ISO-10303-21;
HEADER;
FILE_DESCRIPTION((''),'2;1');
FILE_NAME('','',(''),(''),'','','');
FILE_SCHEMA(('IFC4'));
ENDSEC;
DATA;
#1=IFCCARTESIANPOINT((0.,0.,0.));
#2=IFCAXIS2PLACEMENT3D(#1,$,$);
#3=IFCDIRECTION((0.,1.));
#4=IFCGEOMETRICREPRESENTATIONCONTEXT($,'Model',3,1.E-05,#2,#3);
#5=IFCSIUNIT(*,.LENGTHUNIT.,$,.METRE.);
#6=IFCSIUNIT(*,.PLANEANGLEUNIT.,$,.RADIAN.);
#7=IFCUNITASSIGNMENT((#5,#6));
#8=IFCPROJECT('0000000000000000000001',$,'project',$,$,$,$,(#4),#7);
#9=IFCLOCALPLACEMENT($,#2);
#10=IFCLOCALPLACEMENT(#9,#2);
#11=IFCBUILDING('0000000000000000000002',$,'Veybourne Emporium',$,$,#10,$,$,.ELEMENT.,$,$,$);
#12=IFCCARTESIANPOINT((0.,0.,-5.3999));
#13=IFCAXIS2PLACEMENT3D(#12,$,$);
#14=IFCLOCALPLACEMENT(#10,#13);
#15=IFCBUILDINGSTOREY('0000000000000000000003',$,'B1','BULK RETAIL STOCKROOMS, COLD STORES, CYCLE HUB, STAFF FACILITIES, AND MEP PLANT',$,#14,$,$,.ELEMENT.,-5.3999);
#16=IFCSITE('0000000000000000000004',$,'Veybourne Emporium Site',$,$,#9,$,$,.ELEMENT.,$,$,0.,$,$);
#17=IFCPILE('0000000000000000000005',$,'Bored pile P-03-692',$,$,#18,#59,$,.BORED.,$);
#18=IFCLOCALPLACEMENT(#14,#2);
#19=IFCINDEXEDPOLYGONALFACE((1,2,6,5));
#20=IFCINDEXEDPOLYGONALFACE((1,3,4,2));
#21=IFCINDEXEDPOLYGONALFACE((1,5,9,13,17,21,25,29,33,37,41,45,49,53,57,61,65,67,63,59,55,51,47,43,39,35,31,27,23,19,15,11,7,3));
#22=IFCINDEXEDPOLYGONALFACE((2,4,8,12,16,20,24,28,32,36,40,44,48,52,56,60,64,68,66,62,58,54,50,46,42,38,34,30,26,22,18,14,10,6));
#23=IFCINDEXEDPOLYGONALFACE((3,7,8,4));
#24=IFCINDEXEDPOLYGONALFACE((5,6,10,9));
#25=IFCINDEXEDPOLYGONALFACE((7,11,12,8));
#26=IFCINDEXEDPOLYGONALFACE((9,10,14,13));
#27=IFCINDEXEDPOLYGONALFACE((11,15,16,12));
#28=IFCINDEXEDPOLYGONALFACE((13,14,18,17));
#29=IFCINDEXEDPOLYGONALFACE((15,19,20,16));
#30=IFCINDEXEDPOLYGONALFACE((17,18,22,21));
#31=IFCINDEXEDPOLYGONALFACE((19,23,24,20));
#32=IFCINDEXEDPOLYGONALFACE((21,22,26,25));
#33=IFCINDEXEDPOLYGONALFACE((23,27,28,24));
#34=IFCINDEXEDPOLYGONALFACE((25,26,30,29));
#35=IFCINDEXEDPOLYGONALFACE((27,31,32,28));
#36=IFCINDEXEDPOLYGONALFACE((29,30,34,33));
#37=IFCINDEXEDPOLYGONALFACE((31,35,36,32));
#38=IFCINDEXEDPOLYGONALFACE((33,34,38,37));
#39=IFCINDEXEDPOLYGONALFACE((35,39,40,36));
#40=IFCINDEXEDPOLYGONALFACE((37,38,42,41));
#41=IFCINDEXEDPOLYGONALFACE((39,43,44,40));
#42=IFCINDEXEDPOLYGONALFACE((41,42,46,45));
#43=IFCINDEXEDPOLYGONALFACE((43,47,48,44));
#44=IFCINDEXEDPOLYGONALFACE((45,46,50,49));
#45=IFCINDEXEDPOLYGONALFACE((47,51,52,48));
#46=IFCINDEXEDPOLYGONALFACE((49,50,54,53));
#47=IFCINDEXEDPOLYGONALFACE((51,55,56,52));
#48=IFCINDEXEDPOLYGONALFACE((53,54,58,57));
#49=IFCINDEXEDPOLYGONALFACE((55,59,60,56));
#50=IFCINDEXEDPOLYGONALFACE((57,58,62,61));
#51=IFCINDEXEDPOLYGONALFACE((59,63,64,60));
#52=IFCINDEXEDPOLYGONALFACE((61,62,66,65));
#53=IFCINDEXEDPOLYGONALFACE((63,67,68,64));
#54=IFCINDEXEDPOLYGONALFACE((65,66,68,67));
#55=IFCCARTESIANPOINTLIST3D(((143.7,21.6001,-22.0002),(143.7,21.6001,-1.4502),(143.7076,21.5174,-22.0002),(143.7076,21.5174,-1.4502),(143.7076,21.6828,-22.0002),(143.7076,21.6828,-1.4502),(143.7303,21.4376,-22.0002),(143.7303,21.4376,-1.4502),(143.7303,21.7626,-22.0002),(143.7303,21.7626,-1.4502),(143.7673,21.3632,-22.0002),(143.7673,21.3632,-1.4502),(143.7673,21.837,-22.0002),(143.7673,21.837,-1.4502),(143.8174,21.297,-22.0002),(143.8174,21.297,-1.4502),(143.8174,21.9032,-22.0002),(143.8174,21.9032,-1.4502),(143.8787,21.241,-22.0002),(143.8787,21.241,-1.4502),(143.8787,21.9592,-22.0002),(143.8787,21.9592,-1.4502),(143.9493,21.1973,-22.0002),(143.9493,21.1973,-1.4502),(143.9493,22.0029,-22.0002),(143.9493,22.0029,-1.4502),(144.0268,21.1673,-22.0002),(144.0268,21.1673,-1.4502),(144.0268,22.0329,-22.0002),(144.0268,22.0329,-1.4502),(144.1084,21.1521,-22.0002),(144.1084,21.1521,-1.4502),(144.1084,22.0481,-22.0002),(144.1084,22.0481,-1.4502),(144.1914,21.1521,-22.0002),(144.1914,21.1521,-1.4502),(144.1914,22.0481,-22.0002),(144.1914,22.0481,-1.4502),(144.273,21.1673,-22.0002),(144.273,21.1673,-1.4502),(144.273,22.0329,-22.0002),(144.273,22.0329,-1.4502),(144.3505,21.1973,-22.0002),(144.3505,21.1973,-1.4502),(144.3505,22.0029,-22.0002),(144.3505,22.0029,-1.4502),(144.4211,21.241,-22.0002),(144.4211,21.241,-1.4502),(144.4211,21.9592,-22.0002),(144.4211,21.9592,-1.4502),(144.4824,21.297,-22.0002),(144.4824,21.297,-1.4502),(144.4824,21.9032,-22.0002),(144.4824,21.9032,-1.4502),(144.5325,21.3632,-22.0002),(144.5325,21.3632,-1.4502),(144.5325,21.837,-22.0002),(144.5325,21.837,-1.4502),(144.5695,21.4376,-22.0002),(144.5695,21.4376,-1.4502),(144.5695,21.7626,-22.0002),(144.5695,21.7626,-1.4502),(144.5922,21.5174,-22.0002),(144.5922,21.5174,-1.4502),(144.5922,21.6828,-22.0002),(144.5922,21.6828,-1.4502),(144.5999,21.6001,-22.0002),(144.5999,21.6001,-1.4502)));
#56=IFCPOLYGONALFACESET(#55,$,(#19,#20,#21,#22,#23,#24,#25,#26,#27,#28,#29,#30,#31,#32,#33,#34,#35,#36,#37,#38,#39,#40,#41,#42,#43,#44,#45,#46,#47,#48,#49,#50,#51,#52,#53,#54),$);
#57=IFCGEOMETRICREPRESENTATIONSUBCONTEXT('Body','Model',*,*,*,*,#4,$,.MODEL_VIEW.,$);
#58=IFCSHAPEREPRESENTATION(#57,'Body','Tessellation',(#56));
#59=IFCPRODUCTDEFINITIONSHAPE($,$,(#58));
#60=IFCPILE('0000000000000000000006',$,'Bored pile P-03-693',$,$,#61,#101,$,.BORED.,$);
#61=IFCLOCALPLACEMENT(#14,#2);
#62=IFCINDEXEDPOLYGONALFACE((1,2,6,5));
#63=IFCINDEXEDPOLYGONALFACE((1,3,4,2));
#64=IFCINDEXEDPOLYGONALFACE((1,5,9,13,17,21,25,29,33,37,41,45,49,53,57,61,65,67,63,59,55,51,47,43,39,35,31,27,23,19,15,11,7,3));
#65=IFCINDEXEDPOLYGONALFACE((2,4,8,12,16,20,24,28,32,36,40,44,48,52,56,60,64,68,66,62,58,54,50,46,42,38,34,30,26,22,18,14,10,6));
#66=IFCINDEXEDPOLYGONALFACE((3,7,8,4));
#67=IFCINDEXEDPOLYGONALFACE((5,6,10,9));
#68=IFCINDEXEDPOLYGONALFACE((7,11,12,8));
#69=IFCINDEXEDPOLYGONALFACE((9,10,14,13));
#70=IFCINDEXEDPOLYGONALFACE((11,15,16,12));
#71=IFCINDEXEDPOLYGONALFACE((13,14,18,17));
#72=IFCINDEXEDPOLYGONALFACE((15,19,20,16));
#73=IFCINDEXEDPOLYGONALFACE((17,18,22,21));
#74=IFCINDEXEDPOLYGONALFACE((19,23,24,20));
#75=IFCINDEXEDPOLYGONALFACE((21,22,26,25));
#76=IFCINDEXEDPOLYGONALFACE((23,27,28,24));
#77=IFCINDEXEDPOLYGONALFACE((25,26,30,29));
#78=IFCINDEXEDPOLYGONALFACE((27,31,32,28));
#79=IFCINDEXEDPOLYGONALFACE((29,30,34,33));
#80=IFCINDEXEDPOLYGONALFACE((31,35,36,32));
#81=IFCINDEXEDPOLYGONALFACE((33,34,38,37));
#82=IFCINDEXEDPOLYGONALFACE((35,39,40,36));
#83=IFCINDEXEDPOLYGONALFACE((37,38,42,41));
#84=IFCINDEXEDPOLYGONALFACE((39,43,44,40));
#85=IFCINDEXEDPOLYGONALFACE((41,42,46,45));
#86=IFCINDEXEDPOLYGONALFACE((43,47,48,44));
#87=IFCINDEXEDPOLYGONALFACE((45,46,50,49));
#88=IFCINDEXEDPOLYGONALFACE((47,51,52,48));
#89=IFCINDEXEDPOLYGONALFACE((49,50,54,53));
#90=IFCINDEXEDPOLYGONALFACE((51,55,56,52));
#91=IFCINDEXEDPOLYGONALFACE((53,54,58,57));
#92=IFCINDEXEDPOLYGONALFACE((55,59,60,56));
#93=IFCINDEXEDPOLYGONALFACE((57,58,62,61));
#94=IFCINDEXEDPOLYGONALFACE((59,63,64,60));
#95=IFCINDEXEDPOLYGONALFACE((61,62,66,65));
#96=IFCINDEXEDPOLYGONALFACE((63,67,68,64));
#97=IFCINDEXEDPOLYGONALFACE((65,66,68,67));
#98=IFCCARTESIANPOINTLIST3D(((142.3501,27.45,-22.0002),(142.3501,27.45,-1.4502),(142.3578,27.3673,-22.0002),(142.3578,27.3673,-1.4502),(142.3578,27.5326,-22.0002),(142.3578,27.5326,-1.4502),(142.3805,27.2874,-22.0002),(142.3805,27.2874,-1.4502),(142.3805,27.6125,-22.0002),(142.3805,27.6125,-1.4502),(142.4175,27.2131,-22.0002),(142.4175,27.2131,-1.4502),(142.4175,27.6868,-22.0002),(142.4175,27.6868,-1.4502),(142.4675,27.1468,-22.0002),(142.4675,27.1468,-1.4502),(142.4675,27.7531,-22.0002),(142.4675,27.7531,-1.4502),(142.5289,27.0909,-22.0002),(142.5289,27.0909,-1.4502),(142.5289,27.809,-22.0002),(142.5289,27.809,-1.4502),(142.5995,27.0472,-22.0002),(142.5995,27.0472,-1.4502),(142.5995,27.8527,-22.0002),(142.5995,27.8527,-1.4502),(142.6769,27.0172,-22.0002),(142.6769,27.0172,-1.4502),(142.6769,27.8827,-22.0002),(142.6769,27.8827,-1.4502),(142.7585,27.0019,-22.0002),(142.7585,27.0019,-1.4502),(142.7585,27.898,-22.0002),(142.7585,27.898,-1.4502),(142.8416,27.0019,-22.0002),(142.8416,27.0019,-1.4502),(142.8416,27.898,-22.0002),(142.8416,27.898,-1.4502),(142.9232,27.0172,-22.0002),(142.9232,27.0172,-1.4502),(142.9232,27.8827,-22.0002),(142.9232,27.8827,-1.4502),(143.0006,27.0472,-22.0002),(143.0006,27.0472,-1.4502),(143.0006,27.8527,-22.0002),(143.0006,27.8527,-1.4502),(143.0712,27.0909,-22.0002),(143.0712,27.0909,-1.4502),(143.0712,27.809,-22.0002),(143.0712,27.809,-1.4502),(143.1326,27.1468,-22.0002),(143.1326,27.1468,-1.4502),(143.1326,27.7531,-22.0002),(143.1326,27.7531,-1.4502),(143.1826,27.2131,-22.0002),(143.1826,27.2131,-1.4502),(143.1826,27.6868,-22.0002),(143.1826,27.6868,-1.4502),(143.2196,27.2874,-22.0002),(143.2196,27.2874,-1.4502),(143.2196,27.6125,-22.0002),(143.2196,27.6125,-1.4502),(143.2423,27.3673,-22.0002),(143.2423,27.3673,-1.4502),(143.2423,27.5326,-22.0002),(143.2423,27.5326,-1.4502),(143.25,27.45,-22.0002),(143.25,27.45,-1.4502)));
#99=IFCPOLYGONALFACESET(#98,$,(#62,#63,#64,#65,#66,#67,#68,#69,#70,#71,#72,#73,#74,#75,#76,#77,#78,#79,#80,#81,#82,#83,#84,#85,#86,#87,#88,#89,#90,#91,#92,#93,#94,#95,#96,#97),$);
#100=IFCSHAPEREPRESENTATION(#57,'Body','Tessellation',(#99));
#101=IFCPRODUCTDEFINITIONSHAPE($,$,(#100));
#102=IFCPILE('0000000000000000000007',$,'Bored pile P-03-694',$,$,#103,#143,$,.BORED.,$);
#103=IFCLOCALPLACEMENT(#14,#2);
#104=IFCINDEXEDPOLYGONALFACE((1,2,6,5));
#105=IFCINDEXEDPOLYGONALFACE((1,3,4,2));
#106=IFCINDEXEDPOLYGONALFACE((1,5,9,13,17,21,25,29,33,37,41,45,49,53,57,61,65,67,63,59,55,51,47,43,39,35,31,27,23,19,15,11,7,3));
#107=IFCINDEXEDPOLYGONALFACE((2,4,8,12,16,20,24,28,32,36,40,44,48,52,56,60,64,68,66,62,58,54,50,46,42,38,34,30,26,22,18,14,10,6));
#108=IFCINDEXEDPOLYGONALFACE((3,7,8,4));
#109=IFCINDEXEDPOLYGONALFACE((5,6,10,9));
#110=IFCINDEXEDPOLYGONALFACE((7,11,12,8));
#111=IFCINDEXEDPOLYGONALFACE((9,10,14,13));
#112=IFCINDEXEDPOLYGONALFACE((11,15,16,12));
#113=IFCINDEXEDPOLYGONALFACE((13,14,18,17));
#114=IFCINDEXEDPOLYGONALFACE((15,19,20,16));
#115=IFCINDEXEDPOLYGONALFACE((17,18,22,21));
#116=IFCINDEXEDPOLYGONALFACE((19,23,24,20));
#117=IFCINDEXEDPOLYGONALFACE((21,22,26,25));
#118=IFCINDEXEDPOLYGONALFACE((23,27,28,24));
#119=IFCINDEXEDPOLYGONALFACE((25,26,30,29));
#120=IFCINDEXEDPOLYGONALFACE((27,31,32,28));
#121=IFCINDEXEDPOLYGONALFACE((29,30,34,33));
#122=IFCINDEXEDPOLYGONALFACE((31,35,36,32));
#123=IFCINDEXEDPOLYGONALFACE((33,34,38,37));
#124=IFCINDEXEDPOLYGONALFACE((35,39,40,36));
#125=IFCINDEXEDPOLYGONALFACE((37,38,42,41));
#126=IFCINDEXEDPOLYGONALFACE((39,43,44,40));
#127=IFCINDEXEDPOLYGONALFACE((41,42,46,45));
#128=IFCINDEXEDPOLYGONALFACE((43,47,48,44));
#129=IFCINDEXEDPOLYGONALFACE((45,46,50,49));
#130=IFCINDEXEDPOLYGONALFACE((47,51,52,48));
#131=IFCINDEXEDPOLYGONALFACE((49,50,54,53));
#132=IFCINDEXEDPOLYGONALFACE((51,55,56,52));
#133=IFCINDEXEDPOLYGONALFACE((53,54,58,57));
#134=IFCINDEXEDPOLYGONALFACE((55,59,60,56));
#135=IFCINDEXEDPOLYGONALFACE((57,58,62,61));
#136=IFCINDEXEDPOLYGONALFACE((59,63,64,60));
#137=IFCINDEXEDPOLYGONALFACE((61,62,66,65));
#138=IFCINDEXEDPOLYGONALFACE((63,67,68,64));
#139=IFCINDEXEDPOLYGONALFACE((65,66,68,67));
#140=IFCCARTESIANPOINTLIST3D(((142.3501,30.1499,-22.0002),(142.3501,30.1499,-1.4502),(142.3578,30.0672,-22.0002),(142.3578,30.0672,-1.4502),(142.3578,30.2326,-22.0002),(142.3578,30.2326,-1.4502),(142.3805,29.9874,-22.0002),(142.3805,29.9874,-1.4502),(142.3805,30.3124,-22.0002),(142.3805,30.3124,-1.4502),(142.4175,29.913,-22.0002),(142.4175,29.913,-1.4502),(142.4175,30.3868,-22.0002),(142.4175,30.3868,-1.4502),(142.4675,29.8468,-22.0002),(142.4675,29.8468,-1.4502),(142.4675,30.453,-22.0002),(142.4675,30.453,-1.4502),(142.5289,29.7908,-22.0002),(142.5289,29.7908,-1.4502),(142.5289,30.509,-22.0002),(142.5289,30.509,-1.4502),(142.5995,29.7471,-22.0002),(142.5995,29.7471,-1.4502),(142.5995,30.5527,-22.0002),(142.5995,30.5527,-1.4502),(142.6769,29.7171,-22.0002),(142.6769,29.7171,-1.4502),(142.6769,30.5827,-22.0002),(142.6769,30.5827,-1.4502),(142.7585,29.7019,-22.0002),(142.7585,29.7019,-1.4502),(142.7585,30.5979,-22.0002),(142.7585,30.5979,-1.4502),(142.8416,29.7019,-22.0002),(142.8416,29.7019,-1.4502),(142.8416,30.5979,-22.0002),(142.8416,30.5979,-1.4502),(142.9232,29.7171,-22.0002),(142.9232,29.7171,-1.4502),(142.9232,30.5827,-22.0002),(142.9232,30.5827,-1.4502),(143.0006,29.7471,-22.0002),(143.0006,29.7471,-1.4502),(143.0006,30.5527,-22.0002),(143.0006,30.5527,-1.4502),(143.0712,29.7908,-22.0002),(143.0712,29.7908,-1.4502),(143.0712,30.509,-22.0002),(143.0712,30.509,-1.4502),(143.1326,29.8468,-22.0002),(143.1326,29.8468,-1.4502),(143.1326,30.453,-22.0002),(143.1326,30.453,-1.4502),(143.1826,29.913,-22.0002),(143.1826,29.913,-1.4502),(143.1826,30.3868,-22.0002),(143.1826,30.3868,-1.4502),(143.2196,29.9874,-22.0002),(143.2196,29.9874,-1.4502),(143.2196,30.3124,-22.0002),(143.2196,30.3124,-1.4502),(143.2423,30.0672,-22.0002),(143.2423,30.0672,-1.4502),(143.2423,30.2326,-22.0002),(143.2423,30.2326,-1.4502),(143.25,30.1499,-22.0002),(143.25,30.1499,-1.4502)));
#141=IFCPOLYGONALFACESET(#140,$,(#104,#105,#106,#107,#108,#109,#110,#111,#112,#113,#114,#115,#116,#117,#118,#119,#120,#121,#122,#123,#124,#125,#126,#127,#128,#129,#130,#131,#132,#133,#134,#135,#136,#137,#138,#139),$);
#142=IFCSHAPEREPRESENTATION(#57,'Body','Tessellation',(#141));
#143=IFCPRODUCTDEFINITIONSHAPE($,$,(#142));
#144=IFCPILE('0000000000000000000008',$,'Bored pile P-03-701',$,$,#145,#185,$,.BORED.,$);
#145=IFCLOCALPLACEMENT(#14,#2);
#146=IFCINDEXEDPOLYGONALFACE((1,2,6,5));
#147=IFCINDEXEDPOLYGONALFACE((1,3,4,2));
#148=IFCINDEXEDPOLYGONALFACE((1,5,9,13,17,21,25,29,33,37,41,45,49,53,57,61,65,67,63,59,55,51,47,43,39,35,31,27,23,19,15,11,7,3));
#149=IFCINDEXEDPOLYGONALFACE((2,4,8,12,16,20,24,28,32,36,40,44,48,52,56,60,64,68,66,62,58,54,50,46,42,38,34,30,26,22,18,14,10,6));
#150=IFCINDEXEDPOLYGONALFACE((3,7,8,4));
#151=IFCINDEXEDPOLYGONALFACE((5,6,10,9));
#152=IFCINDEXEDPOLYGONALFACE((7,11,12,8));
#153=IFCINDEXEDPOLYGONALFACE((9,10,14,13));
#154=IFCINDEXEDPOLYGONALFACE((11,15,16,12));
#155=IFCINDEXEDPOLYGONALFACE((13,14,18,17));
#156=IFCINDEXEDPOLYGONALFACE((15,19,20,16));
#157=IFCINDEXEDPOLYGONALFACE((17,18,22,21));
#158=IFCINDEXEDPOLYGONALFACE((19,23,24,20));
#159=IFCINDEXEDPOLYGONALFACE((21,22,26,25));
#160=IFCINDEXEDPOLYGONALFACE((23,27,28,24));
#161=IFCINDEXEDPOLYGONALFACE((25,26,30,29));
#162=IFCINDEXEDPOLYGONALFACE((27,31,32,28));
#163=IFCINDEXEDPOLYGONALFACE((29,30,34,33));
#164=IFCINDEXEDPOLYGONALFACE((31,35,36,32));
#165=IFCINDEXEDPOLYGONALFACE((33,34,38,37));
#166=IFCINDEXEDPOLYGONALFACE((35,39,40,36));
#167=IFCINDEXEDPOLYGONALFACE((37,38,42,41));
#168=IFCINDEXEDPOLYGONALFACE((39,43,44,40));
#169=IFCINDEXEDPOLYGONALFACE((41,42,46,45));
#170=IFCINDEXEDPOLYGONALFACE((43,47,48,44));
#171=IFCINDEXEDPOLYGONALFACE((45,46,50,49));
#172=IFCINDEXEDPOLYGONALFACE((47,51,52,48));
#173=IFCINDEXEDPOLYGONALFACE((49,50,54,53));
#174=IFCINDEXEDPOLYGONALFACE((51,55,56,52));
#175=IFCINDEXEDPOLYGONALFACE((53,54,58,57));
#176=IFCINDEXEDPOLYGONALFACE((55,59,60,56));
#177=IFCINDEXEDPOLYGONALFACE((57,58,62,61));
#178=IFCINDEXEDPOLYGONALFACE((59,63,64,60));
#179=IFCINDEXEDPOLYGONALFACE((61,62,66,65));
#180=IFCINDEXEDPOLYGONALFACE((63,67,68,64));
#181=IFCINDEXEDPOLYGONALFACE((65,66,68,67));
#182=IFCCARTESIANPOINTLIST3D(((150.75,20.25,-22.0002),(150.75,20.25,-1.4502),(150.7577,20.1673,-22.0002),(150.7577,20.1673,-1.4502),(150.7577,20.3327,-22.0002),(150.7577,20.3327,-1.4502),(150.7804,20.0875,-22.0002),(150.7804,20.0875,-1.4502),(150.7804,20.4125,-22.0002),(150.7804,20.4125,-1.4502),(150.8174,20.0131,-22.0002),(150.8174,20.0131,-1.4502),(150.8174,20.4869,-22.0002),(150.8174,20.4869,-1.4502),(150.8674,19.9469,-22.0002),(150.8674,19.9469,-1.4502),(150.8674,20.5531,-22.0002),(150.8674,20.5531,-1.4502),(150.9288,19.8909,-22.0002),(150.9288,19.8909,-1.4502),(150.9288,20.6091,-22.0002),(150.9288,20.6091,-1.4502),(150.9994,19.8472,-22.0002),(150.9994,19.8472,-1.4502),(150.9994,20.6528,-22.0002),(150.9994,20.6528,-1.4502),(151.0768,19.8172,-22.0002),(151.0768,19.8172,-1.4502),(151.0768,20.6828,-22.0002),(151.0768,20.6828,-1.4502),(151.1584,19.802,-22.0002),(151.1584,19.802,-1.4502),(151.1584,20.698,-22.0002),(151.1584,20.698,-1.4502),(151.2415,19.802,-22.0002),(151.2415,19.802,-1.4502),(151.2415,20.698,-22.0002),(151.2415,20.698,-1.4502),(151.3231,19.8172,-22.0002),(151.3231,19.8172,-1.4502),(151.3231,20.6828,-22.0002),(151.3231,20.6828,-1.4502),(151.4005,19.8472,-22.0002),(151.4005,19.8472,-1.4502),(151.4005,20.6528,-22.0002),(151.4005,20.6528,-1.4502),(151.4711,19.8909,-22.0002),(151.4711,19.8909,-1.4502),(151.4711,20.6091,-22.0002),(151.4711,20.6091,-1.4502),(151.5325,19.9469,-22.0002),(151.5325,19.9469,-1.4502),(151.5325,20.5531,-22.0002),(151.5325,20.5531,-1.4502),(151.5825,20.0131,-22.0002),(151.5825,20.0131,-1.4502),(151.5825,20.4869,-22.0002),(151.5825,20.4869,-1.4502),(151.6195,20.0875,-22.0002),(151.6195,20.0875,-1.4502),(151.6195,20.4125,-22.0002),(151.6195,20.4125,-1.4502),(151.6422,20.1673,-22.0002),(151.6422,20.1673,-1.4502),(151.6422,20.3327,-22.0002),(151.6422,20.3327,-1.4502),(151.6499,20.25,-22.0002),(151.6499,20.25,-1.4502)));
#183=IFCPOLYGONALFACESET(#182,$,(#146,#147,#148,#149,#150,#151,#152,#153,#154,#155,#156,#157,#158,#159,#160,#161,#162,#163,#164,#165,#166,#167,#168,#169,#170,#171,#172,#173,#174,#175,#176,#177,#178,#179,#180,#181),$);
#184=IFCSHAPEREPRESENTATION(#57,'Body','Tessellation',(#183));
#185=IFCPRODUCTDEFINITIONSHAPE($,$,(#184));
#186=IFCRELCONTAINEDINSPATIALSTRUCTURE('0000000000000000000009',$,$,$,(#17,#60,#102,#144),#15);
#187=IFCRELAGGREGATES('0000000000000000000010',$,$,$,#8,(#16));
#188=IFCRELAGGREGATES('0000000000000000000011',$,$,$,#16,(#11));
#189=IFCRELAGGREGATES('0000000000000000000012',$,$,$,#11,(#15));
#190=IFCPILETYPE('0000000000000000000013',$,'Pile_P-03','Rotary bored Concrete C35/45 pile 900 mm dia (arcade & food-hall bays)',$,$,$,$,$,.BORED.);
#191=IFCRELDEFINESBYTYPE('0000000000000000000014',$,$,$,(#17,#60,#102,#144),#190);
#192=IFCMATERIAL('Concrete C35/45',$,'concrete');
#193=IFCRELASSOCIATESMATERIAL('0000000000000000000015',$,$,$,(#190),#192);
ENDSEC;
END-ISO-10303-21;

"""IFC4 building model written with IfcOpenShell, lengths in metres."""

from ifc_helpers import new_model, si_unit, direction, frame, origin, origin_2d, place, context, subcontext, project, spatial, circle, extrude, material, material_profile, profile_set, type_object, element, save


model = new_model("IFC4")

# Units and contexts
model_context = context("Model", 3, precision=1e-05, world=origin(), true_north=direction((0.0, 1.0)))
body_context = subcontext(model_context, "Body", "Model", "MODEL_VIEW")
ifc_project = project(units=[si_unit("LENGTHUNIT", "METRE"), si_unit("PLANEANGLEUNIT", "RADIAN")], contexts=[model_context])

# Site, building, storey
site_placement = place(None, origin())
site = spatial("IfcSite", under=ifc_project, at=site_placement, Name="Veybourne Emporium Site", CompositionType="ELEMENT", RefElevation=0.0)
building_placement = place(site_placement, origin())
building = spatial("IfcBuilding", under=site, at=building_placement, Name="Veybourne Emporium", CompositionType="ELEMENT")
storey_placement = place(building_placement, frame((0.0, 0.0, -5.3999)))
storey = spatial("IfcBuildingStorey", under=building, at=storey_placement, Name="B1", Description="BULK RETAIL STOCKROOMS, COLD STORES, CYCLE HUB, STAFF FACILITIES, AND MEP PLANT", CompositionType="ELEMENT", Elevation=-5.3999)

# Shared definitions
ifc_material_1 = material(Name="Concrete C35/45", Category="concrete")

# Piles
ifc_material_profile_1 = material_profile(ifc_material_1, circle(Radius=0.45, at=origin_2d()), Name="BORED PILE 900")
ifc_profile_set_1 = profile_set([ifc_material_profile_1], Name="Concrete C35/45")
pile_type = type_object("IfcPileType", Name="Pile_P-03", Description="Rotary bored Concrete C35/45 pile 900 mm dia (arcade & food-hall bays)", PredefinedType="BORED", material=ifc_profile_set_1)
for number, where, z_axis, x_axis, name in (
    (1, (144.1499, 21.6001, -1.4502), (0.0, 0.0, -1.0), (1.0, 0.0, 0.0), "Bored pile P-03-692"),
    (2, (142.8, 27.45, -1.4502), (0.0, 0.0, -1.0), (1.0, 0.0, 0.0), "Bored pile P-03-693"),
    (3, (142.8, 30.1499, -1.4502), (0.0, 0.0, -1.0), (1.0, 0.0, 0.0), "Bored pile P-03-694"),
    (4, (151.2, 20.25, -1.4502), (0.0, 0.0, -1.0), (1.0, 0.0, 0.0), "Bored pile P-03-701"),
):
    element("IfcPile", number, at=place(storey_placement, frame(where, z_axis=z_axis, x_axis=x_axis)), inside=storey, type_object=pile_type, Name=name, PredefinedType="BORED", context=body_context, shape_type="SweptSolid", body=[
        extrude(circle(Radius=0.45, at=origin_2d()), origin(), (0.0, 0.0, 1.0), 20.55),
    ])

save(model, "model.ifc")
